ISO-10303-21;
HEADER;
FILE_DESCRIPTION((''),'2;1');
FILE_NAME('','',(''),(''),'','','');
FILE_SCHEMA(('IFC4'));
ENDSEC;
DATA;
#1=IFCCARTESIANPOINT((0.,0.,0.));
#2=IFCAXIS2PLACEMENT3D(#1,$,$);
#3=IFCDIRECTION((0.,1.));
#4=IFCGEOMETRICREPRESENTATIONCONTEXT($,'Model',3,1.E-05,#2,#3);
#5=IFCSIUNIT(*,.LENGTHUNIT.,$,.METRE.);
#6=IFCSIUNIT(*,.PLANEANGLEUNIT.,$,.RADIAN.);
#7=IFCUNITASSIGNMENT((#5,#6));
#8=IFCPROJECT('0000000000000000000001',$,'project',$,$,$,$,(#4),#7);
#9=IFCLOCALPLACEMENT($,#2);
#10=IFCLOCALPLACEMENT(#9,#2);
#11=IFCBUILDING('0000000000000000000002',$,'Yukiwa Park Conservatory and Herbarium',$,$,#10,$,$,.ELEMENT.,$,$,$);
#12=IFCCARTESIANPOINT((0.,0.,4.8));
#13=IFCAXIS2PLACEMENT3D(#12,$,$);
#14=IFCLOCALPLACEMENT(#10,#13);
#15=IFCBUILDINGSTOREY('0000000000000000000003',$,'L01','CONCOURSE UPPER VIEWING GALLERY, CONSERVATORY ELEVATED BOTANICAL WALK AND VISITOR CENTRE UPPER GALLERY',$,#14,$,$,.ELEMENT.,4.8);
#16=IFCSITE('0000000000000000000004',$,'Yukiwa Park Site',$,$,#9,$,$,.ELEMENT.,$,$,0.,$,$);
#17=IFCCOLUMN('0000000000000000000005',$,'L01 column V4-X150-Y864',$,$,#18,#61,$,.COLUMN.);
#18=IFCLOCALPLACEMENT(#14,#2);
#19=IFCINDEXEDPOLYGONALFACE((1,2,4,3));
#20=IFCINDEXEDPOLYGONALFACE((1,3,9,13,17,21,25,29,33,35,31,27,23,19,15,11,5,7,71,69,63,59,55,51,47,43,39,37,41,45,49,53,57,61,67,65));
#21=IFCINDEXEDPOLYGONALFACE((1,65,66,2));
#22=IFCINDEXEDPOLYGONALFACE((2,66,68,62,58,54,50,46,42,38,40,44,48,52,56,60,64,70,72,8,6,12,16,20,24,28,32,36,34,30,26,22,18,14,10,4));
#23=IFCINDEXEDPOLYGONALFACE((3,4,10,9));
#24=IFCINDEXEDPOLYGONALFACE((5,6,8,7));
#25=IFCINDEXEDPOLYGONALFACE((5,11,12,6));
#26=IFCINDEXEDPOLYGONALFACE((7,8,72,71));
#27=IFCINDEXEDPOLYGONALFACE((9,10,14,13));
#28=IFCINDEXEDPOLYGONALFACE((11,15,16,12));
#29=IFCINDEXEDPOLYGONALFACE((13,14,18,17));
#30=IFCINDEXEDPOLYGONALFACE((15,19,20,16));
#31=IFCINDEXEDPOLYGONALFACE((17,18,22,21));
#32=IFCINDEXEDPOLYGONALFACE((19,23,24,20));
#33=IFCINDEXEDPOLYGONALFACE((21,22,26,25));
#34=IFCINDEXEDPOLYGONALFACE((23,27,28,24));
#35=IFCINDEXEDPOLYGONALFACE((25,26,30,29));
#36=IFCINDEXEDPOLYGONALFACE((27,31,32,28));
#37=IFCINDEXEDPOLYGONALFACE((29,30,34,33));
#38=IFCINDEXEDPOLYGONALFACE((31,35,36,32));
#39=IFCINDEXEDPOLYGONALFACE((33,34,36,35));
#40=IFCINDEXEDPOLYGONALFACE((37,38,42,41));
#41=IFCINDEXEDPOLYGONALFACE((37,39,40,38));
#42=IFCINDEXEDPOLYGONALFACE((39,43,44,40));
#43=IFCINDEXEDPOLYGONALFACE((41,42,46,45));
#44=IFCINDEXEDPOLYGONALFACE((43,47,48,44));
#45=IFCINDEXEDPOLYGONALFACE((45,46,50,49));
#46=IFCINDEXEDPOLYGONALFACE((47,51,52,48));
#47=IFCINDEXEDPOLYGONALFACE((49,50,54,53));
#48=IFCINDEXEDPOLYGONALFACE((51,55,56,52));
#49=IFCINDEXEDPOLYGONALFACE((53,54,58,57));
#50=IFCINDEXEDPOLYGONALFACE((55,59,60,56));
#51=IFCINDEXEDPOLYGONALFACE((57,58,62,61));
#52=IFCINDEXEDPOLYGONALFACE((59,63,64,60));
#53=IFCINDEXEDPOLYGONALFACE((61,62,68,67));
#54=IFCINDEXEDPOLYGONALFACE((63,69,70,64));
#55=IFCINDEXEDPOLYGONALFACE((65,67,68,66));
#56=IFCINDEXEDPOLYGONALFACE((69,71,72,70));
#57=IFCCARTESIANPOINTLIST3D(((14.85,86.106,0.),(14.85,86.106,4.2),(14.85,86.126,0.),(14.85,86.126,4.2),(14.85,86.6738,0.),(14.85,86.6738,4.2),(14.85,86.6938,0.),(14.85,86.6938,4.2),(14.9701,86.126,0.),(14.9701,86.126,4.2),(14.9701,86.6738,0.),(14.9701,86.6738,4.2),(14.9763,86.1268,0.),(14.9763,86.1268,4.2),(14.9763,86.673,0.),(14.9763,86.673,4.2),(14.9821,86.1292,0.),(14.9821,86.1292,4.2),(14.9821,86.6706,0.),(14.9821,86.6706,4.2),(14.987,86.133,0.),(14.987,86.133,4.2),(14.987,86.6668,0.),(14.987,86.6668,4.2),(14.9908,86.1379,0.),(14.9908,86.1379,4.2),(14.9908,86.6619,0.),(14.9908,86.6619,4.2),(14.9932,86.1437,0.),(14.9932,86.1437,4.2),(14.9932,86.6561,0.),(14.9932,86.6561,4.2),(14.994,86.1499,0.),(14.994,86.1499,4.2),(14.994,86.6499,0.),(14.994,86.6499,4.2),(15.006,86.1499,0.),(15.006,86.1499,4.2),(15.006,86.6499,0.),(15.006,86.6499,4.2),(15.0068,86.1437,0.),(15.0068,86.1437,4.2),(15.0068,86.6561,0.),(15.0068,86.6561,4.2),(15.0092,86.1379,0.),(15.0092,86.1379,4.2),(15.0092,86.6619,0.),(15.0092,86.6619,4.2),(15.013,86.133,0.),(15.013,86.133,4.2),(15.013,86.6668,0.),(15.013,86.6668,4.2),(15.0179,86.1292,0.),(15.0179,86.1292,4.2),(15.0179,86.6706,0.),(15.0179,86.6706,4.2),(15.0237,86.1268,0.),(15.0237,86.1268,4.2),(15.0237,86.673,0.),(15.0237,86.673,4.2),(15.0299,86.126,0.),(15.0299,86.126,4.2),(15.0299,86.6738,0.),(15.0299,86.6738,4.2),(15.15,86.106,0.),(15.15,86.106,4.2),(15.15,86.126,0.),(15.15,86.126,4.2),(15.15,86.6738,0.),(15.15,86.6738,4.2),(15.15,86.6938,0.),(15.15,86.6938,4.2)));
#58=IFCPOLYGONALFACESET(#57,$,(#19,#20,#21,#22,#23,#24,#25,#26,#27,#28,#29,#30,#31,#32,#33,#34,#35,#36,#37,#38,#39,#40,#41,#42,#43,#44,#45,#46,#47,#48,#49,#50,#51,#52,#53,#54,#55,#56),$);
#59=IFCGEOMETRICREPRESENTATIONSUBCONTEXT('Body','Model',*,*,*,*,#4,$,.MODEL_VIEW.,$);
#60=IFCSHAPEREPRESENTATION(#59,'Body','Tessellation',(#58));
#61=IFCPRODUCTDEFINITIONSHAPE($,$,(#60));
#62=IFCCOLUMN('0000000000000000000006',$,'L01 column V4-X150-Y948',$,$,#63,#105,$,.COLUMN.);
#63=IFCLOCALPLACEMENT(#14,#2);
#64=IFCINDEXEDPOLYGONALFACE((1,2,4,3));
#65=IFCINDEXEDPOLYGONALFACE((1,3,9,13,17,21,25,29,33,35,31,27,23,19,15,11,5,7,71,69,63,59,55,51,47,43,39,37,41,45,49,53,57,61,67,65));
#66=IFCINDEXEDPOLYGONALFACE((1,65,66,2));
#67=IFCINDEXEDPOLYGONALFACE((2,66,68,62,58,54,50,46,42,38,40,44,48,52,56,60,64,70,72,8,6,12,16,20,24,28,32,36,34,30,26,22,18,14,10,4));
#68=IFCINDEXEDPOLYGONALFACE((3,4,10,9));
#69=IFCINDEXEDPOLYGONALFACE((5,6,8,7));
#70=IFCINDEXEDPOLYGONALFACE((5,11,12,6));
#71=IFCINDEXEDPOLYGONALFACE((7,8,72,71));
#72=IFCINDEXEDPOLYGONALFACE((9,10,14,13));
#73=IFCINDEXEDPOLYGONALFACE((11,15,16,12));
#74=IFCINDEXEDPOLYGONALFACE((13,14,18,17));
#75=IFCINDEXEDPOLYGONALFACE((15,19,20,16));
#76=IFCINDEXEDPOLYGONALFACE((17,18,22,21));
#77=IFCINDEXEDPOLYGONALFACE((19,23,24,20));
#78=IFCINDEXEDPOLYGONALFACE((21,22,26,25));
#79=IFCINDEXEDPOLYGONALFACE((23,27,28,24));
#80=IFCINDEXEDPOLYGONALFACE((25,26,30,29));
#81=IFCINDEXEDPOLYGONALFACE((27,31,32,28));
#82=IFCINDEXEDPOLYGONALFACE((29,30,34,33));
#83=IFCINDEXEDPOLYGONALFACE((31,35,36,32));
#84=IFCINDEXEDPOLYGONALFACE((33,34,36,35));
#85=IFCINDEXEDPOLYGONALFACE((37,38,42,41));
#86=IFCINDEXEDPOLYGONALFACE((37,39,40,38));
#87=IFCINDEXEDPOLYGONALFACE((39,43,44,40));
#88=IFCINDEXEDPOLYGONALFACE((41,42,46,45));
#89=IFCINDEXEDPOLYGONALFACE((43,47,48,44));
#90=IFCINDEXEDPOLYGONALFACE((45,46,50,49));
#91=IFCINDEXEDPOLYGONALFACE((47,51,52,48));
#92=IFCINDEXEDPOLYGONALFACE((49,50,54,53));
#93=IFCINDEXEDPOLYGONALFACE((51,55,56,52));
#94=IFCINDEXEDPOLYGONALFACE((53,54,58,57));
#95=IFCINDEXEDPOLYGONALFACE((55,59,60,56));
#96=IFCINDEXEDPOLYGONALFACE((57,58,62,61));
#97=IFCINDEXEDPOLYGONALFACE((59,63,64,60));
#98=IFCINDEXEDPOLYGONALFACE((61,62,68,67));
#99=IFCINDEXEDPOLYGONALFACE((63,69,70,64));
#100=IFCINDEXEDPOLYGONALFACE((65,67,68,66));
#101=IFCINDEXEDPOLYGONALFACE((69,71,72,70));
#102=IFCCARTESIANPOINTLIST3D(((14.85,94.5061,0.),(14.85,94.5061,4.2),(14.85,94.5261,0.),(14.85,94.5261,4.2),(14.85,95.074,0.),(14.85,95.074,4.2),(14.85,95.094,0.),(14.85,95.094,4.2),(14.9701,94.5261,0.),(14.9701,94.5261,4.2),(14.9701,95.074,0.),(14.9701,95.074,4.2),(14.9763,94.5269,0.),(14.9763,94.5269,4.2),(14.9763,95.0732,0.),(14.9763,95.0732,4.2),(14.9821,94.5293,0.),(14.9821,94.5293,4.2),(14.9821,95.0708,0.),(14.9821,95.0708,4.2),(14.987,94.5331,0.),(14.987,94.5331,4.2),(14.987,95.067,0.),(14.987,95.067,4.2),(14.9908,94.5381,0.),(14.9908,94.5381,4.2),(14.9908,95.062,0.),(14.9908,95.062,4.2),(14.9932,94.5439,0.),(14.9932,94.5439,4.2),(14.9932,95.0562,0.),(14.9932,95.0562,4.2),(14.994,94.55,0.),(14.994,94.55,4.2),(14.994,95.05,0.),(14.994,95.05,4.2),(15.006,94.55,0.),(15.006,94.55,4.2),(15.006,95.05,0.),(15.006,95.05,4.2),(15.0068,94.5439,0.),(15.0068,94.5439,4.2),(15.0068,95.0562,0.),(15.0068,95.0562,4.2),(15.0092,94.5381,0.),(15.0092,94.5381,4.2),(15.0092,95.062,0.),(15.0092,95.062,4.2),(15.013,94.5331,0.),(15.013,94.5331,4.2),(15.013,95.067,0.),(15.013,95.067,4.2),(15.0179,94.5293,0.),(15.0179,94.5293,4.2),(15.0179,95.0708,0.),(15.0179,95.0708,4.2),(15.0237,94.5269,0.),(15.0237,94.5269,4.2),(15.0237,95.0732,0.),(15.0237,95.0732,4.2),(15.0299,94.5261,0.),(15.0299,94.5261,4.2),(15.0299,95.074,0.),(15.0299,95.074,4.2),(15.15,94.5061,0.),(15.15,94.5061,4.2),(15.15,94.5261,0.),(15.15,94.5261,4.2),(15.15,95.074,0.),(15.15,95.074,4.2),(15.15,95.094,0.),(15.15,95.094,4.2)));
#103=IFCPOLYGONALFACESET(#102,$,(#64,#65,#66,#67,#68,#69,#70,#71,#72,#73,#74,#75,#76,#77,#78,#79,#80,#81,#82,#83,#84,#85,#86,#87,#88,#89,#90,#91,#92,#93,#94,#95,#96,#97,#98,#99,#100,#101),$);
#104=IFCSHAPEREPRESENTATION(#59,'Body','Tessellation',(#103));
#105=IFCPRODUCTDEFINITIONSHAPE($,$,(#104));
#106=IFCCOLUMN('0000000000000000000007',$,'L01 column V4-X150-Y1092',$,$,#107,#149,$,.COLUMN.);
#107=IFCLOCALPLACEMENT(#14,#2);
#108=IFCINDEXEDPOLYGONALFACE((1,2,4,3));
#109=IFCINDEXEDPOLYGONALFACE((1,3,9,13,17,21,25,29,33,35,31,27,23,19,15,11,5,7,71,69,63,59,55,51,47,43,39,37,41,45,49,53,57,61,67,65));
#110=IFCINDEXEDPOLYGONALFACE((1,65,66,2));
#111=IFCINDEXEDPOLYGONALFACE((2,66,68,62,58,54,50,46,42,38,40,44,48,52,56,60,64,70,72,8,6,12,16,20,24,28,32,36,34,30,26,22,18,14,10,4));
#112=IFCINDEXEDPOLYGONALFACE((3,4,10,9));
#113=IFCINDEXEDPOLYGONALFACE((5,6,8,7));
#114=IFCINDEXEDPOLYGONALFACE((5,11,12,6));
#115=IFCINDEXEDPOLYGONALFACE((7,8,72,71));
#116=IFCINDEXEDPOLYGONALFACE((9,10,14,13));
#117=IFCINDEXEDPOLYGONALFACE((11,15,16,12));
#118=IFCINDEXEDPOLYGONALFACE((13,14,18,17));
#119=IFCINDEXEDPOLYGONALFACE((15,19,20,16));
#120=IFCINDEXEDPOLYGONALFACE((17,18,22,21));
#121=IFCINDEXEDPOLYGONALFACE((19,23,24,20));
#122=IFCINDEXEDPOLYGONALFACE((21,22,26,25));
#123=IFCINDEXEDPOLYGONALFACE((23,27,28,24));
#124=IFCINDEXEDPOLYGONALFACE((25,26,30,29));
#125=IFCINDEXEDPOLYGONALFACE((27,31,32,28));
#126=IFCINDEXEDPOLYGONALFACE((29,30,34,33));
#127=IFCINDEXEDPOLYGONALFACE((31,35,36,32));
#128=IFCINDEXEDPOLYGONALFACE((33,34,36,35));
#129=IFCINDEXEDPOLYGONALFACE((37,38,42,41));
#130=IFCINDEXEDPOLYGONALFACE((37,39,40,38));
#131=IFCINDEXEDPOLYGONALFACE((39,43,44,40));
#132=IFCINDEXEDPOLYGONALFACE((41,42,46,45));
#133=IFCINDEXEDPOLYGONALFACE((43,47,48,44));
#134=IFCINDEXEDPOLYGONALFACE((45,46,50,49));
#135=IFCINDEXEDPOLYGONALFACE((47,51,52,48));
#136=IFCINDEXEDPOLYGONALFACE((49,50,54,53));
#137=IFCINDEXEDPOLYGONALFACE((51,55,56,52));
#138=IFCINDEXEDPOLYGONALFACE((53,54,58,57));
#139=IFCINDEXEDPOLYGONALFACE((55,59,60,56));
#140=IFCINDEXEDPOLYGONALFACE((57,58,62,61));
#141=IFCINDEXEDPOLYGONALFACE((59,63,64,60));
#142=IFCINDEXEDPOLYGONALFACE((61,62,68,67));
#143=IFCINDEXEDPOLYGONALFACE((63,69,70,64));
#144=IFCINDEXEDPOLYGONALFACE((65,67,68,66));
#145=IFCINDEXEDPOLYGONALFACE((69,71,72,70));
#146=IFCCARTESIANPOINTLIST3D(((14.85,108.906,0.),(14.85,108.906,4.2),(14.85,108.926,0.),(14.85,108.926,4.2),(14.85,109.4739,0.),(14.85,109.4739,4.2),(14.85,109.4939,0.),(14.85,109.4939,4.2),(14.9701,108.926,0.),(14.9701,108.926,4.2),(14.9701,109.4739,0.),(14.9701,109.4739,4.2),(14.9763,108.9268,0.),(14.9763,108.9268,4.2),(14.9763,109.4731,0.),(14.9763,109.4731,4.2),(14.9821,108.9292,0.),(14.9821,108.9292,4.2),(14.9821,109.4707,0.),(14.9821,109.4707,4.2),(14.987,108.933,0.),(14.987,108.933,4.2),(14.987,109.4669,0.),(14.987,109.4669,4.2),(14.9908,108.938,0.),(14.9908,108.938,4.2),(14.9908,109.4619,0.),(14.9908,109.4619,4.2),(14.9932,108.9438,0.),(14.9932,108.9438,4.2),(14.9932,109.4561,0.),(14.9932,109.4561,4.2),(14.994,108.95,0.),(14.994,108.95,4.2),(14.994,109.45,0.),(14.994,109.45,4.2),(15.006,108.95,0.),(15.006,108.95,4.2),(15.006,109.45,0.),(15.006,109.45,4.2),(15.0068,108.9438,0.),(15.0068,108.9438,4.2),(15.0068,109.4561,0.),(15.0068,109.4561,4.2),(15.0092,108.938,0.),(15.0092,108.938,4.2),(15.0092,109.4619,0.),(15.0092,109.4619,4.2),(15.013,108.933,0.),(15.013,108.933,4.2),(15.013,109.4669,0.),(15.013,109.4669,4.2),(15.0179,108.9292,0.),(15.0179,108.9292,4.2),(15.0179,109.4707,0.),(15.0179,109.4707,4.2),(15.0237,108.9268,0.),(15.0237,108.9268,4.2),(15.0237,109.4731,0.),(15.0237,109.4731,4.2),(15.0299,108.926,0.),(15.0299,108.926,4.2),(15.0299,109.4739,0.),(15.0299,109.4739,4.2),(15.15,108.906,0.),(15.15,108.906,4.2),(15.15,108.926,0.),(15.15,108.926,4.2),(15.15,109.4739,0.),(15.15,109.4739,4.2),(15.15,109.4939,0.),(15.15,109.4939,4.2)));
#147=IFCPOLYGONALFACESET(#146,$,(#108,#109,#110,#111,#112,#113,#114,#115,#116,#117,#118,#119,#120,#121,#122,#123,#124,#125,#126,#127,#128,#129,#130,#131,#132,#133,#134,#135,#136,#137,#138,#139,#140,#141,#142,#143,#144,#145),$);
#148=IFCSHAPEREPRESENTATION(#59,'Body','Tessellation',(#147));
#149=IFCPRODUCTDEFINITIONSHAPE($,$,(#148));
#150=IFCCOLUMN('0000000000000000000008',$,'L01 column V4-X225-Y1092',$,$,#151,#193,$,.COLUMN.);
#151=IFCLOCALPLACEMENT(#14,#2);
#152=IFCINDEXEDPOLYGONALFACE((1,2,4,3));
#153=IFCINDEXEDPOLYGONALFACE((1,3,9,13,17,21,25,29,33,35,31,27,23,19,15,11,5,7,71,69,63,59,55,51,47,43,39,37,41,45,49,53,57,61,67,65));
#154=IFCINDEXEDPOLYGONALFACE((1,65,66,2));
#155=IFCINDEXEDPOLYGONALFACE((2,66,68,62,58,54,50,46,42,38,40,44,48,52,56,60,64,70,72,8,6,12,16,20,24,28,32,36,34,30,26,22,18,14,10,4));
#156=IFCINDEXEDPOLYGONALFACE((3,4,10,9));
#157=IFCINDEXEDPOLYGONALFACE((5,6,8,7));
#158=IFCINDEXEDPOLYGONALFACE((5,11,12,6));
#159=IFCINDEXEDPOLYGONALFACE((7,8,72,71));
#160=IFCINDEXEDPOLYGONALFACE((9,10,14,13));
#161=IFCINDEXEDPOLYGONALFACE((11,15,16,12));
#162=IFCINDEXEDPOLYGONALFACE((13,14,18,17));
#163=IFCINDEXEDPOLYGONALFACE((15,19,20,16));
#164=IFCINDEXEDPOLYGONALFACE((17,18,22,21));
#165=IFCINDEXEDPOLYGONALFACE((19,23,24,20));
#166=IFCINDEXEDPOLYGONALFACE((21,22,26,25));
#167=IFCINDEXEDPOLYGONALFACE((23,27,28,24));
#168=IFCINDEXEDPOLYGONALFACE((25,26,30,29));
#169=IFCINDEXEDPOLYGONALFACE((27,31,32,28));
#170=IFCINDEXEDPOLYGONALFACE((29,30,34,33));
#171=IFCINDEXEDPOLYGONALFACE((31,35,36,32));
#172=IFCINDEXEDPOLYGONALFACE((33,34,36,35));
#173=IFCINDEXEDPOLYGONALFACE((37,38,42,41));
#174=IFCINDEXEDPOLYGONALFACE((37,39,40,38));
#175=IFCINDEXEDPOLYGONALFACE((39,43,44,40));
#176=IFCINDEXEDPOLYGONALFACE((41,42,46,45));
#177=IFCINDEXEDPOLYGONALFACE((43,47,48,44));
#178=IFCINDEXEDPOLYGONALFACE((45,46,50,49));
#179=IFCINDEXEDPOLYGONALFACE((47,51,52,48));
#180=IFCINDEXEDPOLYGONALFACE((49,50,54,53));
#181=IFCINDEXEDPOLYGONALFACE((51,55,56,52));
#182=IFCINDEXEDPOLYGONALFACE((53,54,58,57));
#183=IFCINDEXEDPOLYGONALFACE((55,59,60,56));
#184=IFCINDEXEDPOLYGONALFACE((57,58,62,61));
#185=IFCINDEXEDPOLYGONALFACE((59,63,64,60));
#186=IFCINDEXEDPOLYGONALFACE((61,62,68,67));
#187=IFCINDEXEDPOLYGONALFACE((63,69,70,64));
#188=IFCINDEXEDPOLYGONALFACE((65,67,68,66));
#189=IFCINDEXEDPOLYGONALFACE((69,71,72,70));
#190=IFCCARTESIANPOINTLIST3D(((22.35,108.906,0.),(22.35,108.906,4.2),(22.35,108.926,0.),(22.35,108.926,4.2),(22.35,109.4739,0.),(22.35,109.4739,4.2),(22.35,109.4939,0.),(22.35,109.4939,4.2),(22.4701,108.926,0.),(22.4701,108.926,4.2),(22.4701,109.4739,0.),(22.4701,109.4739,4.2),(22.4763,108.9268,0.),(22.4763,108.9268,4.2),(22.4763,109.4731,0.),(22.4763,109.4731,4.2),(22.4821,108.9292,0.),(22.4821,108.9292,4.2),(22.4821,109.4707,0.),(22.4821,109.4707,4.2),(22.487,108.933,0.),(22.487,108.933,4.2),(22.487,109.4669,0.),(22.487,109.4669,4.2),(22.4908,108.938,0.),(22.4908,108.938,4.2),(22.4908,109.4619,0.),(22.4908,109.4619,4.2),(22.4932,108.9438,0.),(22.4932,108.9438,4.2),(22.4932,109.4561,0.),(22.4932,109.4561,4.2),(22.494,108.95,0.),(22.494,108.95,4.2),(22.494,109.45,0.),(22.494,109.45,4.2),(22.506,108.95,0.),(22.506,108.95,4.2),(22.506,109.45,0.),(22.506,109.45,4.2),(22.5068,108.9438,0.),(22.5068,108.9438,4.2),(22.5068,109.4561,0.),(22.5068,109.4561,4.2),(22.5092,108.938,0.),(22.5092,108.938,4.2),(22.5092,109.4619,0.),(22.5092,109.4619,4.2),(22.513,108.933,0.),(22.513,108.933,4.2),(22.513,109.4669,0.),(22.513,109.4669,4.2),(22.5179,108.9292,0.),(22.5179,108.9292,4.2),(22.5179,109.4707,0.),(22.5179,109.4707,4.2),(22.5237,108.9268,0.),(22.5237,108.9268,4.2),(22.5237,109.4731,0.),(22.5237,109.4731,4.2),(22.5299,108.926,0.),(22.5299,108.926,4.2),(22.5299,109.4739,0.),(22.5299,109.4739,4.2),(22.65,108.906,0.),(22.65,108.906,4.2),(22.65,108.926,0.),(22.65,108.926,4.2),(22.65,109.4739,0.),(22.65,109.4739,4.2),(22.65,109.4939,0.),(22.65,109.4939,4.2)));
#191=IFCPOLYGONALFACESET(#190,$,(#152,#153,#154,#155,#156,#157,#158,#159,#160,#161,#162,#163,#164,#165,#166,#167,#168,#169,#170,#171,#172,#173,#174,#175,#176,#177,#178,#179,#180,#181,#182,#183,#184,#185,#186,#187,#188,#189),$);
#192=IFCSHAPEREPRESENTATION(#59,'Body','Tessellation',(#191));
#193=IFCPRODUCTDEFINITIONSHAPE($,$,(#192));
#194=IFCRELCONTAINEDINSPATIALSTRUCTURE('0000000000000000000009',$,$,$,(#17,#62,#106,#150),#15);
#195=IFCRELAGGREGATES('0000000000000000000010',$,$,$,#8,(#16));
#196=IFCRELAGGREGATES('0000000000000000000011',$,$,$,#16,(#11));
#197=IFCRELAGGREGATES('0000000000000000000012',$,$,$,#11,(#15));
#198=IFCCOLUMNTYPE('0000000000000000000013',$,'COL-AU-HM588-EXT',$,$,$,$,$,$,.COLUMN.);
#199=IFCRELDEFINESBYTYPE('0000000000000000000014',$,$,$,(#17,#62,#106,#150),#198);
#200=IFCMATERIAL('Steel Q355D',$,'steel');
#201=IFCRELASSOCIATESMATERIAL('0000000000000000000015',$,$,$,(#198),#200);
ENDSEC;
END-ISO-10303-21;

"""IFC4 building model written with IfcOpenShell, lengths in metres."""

from ifc_helpers import new_model, si_unit, direction, frame, origin, origin_2d, place, context, subcontext, project, spatial, i_section, extrude, material, material_profile, profile_set, type_object, element, save


model = new_model("IFC4")

# Units and contexts
model_context = context("Model", 3, precision=1e-05, world=origin(), true_north=direction((0.0, 1.0)))
body_context = subcontext(model_context, "Body", "Model", "MODEL_VIEW")
ifc_project = project(units=[si_unit("LENGTHUNIT", "METRE"), si_unit("PLANEANGLEUNIT", "RADIAN")], contexts=[model_context])

# Site, building, storey
site_placement = place(None, origin())
site = spatial("IfcSite", under=ifc_project, at=site_placement, Name="Yukiwa Park Site", CompositionType="ELEMENT", RefElevation=0.0)
building_placement = place(site_placement, origin())
building = spatial("IfcBuilding", under=site, at=building_placement, Name="Yukiwa Park Conservatory and Herbarium", CompositionType="ELEMENT")
storey_placement = place(building_placement, frame((0.0, 0.0, 4.8)))
storey = spatial("IfcBuildingStorey", under=building, at=storey_placement, Name="L01", Description="CONCOURSE UPPER VIEWING GALLERY, CONSERVATORY ELEVATED BOTANICAL WALK AND VISITOR CENTRE UPPER GALLERY", CompositionType="ELEMENT", Elevation=4.8)

# Columns
ifc_material_1 = material(Name="Steel Q355D", Category="steel")
ifc_material_profile_1 = material_profile(ifc_material_1, i_section(OverallWidth=0.3, OverallDepth=0.5879, WebThickness=0.012, FlangeThickness=0.02, FilletRadius=0.0239, at=origin_2d()), Name="HM 588x300x12x20")
ifc_profile_set_1 = profile_set([ifc_material_profile_1], Name="Steel Q355D")
column_type_1 = type_object("IfcColumnType", Name="COL-AU-HM588-EXT", PredefinedType="COLUMN", material=ifc_profile_set_1)
for number, where, z_axis, x_axis, name in (
    (1, (15.0, 86.3999, 0.0), (0.0, 0.0, 1.0), (1.0, 0.0, 0.0), "L01 column V4-X150-Y864"),
    (2, (15.0, 94.8, 0.0), (0.0, 0.0, 1.0), (1.0, 0.0, 0.0), "L01 column V4-X150-Y948"),
    (3, (15.0, 109.2, 0.0), (0.0, 0.0, 1.0), (1.0, 0.0, 0.0), "L01 column V4-X150-Y1092"),
    (4, (22.5, 109.2, 0.0), (0.0, 0.0, 1.0), (1.0, 0.0, 0.0), "L01 column V4-X225-Y1092"),
):
    element("IfcColumn", number, at=place(storey_placement, frame(where, z_axis=z_axis, x_axis=x_axis)), inside=storey, type_object=column_type_1, Name=name, PredefinedType="COLUMN", context=body_context, shape_type="SweptSolid", body=[
        extrude(i_section(OverallWidth=0.3, OverallDepth=0.5879, WebThickness=0.012, FlangeThickness=0.02, FilletRadius=0.0239, at=origin_2d()), origin(), (0.0, 0.0, 1.0), 4.2),
    ])

save(model, "model.ifc")
